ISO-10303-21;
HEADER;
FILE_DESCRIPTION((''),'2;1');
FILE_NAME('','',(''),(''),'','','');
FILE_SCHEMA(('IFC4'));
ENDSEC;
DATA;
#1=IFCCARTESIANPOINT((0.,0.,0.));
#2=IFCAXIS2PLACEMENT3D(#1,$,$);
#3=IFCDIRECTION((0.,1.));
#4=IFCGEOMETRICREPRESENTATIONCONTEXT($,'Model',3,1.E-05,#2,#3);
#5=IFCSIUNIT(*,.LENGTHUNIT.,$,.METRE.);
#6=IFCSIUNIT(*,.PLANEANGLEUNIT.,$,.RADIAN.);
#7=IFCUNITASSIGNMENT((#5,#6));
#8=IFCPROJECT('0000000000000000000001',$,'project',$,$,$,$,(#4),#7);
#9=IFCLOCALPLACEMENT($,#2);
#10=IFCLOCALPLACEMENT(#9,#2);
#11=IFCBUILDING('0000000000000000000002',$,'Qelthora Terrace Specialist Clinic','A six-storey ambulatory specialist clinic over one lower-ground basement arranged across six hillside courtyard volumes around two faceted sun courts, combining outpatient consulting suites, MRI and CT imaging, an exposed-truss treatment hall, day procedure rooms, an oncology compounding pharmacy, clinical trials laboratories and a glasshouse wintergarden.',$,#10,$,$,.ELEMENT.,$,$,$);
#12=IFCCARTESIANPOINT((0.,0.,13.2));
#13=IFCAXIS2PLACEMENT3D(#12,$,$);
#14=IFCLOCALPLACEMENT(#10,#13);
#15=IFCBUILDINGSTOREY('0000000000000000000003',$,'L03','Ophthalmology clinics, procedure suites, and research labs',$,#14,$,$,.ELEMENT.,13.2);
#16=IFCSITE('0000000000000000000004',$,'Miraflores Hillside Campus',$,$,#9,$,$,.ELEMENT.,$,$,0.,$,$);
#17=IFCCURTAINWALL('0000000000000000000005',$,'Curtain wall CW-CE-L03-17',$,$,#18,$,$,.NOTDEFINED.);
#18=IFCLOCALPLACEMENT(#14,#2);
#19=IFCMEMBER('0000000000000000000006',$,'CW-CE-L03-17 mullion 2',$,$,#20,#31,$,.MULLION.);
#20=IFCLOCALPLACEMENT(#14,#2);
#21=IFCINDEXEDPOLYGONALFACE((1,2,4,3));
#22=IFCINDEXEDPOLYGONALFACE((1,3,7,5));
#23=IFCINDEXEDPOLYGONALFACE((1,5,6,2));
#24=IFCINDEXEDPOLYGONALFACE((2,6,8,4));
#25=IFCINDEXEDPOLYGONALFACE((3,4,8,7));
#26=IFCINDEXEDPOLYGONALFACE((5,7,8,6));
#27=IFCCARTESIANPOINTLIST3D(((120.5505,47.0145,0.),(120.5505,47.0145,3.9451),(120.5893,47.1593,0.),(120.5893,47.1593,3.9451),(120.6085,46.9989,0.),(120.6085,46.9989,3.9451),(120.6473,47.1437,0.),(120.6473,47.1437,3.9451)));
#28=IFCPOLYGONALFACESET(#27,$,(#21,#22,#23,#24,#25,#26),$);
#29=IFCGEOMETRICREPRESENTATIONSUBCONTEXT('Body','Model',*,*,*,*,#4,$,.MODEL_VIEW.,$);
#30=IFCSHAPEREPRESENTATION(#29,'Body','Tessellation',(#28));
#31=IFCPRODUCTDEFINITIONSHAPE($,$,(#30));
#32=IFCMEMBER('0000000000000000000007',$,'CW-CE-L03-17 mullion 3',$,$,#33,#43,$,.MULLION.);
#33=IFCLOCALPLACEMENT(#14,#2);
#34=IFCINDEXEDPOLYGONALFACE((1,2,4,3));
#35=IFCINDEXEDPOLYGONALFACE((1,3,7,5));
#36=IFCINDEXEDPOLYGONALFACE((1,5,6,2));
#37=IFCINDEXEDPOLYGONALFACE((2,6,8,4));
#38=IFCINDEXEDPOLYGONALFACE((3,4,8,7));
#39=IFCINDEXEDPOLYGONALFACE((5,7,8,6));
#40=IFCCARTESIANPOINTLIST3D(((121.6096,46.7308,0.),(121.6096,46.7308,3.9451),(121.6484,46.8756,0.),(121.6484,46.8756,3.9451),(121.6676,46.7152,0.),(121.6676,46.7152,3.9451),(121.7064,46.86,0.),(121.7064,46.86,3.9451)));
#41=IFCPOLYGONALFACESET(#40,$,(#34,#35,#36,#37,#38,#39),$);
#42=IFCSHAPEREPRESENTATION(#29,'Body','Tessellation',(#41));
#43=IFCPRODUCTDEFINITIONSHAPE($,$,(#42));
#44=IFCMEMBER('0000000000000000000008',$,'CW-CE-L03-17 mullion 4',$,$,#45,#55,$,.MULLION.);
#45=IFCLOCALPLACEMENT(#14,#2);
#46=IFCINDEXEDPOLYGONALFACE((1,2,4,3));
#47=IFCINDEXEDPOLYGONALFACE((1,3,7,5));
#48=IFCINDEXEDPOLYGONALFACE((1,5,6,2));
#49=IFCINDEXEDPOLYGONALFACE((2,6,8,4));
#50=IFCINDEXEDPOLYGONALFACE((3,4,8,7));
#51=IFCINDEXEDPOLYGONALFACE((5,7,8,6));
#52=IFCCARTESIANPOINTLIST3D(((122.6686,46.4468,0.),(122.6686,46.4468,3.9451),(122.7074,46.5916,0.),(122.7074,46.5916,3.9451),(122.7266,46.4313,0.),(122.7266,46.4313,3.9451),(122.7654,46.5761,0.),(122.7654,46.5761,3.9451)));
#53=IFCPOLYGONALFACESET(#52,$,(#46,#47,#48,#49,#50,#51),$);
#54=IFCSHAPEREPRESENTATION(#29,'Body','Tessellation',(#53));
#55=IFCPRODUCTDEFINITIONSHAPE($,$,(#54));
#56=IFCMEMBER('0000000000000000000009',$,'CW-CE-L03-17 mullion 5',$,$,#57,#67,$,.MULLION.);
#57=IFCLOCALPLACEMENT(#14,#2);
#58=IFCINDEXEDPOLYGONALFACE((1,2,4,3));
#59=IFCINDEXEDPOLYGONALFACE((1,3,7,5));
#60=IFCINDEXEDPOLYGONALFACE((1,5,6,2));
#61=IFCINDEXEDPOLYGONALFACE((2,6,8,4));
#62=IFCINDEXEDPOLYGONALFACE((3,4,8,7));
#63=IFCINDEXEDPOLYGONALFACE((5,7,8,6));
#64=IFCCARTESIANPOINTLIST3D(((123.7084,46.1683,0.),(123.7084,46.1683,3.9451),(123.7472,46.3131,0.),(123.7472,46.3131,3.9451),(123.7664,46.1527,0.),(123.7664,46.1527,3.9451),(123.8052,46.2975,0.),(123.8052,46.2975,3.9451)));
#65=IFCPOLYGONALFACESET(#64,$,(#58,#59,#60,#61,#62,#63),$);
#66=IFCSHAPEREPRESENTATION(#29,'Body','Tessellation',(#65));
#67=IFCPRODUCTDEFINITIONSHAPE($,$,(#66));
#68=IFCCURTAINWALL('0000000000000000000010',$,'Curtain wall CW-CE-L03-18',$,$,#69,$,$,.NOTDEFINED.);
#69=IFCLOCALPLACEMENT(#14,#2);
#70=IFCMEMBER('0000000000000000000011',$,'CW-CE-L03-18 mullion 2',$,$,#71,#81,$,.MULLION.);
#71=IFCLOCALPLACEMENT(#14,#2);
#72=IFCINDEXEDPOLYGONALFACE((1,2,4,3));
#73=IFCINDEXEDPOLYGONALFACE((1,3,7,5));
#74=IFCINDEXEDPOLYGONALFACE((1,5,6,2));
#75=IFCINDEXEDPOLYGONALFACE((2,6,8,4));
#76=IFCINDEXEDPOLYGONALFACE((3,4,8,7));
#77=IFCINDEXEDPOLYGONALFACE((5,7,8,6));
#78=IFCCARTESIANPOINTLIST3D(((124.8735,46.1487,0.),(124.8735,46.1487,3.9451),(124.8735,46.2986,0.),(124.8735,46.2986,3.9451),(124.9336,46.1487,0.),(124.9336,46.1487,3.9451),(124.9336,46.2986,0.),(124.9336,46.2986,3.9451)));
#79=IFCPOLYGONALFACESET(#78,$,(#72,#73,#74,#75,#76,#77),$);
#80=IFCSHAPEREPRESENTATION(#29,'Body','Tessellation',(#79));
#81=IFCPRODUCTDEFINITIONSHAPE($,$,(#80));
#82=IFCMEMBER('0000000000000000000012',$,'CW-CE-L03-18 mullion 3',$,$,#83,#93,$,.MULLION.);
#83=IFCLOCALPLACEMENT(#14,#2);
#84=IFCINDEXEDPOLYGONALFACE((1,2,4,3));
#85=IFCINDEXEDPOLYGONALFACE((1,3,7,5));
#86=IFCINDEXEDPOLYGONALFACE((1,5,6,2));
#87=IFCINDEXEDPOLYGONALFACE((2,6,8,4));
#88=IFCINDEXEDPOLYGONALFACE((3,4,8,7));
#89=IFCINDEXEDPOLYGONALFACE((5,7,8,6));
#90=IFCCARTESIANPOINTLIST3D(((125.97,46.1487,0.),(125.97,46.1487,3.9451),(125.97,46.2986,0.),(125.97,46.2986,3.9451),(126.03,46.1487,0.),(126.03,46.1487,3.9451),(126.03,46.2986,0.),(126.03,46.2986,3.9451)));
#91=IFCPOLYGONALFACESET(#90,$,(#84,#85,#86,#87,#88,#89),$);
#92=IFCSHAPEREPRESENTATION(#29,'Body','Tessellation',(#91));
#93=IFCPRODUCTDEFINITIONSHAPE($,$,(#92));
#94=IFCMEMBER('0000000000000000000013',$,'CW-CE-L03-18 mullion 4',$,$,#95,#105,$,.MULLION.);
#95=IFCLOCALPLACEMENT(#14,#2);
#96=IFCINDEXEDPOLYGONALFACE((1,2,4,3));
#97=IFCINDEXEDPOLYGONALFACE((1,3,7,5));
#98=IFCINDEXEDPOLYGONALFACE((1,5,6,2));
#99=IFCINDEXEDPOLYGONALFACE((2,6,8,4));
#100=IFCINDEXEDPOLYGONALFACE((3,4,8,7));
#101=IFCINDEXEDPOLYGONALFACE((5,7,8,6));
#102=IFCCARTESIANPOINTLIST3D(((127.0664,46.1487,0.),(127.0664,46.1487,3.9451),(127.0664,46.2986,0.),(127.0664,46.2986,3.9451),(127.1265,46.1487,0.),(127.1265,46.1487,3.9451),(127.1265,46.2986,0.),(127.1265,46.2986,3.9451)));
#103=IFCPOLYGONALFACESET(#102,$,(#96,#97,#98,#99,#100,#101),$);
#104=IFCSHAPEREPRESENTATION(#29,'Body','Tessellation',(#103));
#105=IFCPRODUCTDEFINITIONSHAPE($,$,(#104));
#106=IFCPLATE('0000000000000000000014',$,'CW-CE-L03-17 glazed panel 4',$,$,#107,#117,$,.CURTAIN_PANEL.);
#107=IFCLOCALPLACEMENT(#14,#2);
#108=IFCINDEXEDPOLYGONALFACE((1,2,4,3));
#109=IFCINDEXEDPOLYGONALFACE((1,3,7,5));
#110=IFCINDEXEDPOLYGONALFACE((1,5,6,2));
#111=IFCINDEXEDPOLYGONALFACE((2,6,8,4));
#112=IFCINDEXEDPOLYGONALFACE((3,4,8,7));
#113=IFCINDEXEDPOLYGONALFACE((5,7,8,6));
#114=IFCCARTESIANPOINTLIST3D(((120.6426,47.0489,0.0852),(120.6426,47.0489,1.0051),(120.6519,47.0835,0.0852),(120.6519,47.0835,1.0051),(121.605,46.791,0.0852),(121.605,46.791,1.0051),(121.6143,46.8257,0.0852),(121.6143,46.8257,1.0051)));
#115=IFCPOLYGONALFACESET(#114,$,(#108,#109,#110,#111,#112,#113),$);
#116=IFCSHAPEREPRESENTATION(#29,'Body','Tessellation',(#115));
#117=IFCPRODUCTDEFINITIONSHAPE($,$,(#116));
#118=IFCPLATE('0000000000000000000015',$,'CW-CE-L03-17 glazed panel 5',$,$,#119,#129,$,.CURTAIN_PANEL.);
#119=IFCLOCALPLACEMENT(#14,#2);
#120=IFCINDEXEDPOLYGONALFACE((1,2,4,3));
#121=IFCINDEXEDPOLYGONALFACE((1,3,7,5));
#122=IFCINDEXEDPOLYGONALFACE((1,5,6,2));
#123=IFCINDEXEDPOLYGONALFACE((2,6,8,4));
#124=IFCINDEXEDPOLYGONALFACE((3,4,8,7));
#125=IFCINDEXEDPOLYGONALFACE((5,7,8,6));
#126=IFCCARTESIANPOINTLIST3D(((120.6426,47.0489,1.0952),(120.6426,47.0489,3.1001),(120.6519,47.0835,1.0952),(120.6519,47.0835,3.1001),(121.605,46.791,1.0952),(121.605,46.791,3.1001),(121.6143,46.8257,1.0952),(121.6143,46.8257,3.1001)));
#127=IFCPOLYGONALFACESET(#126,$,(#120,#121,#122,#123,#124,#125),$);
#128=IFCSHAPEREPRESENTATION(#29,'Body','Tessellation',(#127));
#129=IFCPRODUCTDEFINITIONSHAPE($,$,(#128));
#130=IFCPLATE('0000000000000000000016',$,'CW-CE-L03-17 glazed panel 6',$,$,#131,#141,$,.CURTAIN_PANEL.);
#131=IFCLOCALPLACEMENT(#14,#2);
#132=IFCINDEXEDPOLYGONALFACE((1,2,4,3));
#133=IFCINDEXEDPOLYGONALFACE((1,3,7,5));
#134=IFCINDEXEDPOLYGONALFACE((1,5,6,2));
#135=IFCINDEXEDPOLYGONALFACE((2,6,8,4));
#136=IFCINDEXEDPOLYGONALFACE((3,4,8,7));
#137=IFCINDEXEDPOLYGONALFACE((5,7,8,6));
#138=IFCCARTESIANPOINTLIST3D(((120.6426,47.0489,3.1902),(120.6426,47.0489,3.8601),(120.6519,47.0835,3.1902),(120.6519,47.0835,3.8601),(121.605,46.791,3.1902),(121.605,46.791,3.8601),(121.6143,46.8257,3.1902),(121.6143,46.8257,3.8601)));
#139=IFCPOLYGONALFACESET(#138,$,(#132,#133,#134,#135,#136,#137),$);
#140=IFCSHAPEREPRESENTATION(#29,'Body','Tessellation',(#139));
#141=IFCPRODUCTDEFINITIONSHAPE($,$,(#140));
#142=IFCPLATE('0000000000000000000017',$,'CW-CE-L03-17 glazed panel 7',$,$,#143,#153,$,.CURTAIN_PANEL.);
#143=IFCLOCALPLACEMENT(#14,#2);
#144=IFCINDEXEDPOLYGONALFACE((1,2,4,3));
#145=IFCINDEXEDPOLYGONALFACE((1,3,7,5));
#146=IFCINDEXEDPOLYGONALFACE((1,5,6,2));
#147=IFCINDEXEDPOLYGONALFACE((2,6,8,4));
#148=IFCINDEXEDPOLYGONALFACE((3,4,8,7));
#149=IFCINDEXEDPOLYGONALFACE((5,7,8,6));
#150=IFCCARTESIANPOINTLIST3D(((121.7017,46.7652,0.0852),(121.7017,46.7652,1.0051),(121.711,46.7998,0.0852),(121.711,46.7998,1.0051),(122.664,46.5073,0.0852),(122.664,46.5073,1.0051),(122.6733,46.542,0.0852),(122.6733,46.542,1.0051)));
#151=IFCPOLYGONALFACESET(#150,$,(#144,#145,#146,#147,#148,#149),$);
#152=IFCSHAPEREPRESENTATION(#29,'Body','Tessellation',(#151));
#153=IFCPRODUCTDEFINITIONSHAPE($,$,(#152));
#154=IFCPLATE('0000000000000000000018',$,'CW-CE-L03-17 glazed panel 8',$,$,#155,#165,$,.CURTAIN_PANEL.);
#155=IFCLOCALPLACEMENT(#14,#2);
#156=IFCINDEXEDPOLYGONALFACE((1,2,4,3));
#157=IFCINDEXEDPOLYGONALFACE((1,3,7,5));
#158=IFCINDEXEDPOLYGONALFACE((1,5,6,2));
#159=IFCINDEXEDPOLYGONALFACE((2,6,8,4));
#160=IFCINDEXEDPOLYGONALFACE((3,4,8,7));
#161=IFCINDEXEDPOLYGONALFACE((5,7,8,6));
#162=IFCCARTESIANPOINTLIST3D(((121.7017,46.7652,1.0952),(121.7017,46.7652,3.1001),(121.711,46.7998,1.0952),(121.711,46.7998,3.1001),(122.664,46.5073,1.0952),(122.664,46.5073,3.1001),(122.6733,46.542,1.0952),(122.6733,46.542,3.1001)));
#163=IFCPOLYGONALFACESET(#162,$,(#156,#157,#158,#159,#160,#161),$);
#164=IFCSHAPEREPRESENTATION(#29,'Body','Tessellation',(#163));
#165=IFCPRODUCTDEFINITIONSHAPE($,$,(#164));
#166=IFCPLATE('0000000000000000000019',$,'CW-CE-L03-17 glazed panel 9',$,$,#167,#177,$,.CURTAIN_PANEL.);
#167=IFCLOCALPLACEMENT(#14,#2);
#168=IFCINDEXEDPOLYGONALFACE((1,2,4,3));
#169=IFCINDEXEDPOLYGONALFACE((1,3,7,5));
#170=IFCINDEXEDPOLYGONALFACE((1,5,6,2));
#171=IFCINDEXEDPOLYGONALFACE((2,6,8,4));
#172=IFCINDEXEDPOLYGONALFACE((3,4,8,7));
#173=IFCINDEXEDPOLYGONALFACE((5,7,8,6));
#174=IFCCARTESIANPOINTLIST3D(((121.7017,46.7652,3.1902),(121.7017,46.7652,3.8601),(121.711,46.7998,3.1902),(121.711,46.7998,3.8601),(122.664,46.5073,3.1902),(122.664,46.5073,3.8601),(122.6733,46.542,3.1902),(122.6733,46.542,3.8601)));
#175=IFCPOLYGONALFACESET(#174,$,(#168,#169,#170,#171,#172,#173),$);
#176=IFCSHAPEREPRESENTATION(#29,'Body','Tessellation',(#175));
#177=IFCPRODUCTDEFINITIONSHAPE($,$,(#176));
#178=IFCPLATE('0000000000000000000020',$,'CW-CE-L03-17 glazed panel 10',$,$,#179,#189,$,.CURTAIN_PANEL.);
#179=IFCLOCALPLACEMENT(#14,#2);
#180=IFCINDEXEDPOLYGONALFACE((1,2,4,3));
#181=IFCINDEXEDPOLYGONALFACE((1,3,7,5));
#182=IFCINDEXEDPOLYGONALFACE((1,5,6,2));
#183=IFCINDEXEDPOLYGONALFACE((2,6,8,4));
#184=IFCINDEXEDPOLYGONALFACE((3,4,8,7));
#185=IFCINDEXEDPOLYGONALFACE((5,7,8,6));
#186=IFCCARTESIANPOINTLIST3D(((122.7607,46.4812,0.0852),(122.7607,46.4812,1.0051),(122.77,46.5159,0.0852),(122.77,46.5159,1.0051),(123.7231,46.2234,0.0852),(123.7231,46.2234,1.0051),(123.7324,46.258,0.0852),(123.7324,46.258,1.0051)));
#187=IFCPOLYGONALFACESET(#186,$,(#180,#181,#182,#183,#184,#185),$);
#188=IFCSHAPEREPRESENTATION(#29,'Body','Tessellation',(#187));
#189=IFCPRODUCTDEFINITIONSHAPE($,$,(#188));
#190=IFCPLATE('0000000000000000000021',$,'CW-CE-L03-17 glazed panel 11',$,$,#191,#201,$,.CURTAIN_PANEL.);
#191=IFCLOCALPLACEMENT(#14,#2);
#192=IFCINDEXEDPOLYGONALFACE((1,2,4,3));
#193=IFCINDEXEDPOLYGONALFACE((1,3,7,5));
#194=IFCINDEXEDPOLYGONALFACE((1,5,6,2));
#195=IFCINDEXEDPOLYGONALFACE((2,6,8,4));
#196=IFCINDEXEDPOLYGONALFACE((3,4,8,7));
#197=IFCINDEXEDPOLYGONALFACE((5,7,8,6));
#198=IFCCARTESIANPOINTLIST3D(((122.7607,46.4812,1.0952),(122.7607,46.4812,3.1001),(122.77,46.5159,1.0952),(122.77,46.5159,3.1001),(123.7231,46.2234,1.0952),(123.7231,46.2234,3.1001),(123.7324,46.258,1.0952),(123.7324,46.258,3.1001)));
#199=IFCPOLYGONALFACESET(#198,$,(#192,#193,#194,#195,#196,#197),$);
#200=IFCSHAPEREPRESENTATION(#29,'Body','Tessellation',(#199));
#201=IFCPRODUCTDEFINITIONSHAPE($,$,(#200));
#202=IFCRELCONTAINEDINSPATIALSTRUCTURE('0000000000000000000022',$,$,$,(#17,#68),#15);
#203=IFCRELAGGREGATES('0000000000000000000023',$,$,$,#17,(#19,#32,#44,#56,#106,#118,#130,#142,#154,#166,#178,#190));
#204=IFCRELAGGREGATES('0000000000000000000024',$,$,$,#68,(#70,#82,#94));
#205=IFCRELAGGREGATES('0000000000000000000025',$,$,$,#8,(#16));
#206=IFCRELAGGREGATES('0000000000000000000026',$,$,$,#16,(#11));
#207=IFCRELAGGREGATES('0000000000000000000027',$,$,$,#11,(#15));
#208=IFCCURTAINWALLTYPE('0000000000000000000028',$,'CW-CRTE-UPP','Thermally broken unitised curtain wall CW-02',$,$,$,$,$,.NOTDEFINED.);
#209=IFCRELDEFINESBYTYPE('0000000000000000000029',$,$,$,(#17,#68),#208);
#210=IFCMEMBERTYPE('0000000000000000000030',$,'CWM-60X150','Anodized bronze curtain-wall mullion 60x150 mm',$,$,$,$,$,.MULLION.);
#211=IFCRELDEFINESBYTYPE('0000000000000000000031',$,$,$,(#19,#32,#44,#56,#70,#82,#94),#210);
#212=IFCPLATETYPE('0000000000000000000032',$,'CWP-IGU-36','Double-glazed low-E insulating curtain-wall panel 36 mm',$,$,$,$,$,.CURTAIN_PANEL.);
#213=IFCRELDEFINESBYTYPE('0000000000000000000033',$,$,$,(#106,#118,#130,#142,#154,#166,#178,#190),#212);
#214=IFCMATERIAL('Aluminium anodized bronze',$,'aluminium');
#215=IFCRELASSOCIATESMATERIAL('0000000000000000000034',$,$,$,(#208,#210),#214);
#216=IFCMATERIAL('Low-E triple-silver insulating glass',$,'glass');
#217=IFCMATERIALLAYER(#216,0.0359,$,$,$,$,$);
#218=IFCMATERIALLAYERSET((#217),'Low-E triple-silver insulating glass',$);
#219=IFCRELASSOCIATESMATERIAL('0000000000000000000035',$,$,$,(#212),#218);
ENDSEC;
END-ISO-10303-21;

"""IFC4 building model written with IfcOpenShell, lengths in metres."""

from ifc_helpers import new_model, si_unit, direction, frame, origin, origin_2d, place, context, subcontext, project, spatial, rectangle, extrude, material, layer, layer_set, material_profile, profile_set, type_object, element, aggregate, save


model = new_model("IFC4")

# Units and contexts
model_context = context("Model", 3, precision=1e-05, world=origin(), true_north=direction((0.0, 1.0)))
body_context = subcontext(model_context, "Body", "Model", "MODEL_VIEW")
ifc_project = project(units=[si_unit("LENGTHUNIT", "METRE"), si_unit("PLANEANGLEUNIT", "RADIAN")], contexts=[model_context])

# Site, building, storey
site_placement = place(None, origin())
site = spatial("IfcSite", under=ifc_project, at=site_placement, Name="Miraflores Hillside Campus", CompositionType="ELEMENT", RefElevation=0.0)
building_placement = place(site_placement, origin())
building = spatial("IfcBuilding", under=site, at=building_placement, Name="Qelthora Terrace Specialist Clinic", Description="A six-storey ambulatory specialist clinic over one lower-ground basement arranged across six hillside courtyard volumes around two faceted sun courts, combining outpatient consulting suites, MRI and CT imaging, an exposed-truss treatment hall, day procedure rooms, an oncology compounding pharmacy, clinical trials laboratories and a glasshouse wintergarden.", CompositionType="ELEMENT")
storey_placement = place(building_placement, frame((0.0, 0.0, 13.2)))
storey = spatial("IfcBuildingStorey", under=building, at=storey_placement, Name="L03", Description="Ophthalmology clinics, procedure suites, and research labs", CompositionType="ELEMENT", Elevation=13.2)

# Curtain walls, members
ifc_material_1 = material(Name="Aluminium anodized bronze", Category="aluminium")
curtain_wall_type = type_object("IfcCurtainWallType", Name="CW-CRTE-UPP", Description="Thermally broken unitised curtain wall CW-02", PredefinedType="NOTDEFINED", material=ifc_material_1)
curtain_wall_1_placement = place(storey_placement, origin())
curtain_wall_1 = element("IfcCurtainWall", 1, at=curtain_wall_1_placement, inside=storey, type_object=curtain_wall_type, Name="Curtain wall CW-CE-L03-17", PredefinedType="NOTDEFINED")
ifc_material_profile = material_profile(ifc_material_1, rectangle(XDim=0.0601, YDim=0.1499, at=origin_2d()), Name="CWM60X150")
ifc_profile_set = profile_set([ifc_material_profile], Name="Aluminium anodized bronze")
member_type = type_object("IfcMemberType", Name="CWM-60X150", Description="Anodized bronze curtain-wall mullion 60x150 mm", PredefinedType="MULLION", material=ifc_profile_set)
member_1_placement = place(storey_placement, frame((120.5989, 47.0791, 0.0), z_axis=(0.0, 0.0, 1.0), x_axis=(0.965926, -0.25882, 0.0)))
member_1 = element("IfcMember", 2, at=member_1_placement, type_object=member_type, Name="CW-CE-L03-17 mullion 2", PredefinedType="MULLION", context=body_context, shape_type="SweptSolid", body=[
    extrude(rectangle(XDim=0.0601, YDim=0.1499, at=origin_2d()), origin(), (0.0, 0.0, 1.0), 3.9451),
])
member_2_placement = place(storey_placement, frame((121.658, 46.7954, 0.0), z_axis=(0.0, 0.0, 1.0), x_axis=(0.965926, -0.25882, 0.0)))
member_2 = element("IfcMember", 3, at=member_2_placement, type_object=member_type, Name="CW-CE-L03-17 mullion 3", PredefinedType="MULLION", context=body_context, shape_type="SweptSolid", body=[
    extrude(rectangle(XDim=0.0601, YDim=0.1499, at=origin_2d()), origin(), (0.0, 0.0, 1.0), 3.9451),
])
member_3_placement = place(storey_placement, frame((122.717, 46.5115, 0.0), z_axis=(0.0, 0.0, 1.0), x_axis=(0.965926, -0.25882, 0.0)))
member_3 = element("IfcMember", 4, at=member_3_placement, type_object=member_type, Name="CW-CE-L03-17 mullion 4", PredefinedType="MULLION", context=body_context, shape_type="SweptSolid", body=[
    extrude(rectangle(XDim=0.0601, YDim=0.1499, at=origin_2d()), origin(), (0.0, 0.0, 1.0), 3.9451),
])
member_4_placement = place(storey_placement, frame((123.7568, 46.2329, 0.0), z_axis=(0.0, 0.0, 1.0), x_axis=(0.965926, -0.25882, 0.0)))
member_4 = element("IfcMember", 5, at=member_4_placement, type_object=member_type, Name="CW-CE-L03-17 mullion 5", PredefinedType="MULLION", context=body_context, shape_type="SweptSolid", body=[
    extrude(rectangle(XDim=0.0601, YDim=0.1499, at=origin_2d()), origin(), (0.0, 0.0, 1.0), 3.9451),
])
curtain_wall_2_placement = place(storey_placement, origin())
curtain_wall_2 = element("IfcCurtainWall", 6, at=curtain_wall_2_placement, inside=storey, type_object=curtain_wall_type, Name="Curtain wall CW-CE-L03-18", PredefinedType="NOTDEFINED")
member_5_placement = place(storey_placement, frame((124.9036, 46.2236, 0.0), z_axis=(0.0, 0.0, 1.0), x_axis=(1.0, 0.0, 0.0)))
member_5 = element("IfcMember", 7, at=member_5_placement, type_object=member_type, Name="CW-CE-L03-18 mullion 2", PredefinedType="MULLION", context=body_context, shape_type="SweptSolid", body=[
    extrude(rectangle(XDim=0.0601, YDim=0.1499, at=origin_2d()), origin(), (0.0, 0.0, 1.0), 3.9451),
])
member_6_placement = place(storey_placement, frame((126.0, 46.2236, 0.0), z_axis=(0.0, 0.0, 1.0), x_axis=(1.0, 0.0, 0.0)))
member_6 = element("IfcMember", 8, at=member_6_placement, type_object=member_type, Name="CW-CE-L03-18 mullion 3", PredefinedType="MULLION", context=body_context, shape_type="SweptSolid", body=[
    extrude(rectangle(XDim=0.0601, YDim=0.1499, at=origin_2d()), origin(), (0.0, 0.0, 1.0), 3.9451),
])
member_7_placement = place(storey_placement, frame((127.0964, 46.2236, 0.0), z_axis=(0.0, 0.0, 1.0), x_axis=(1.0, 0.0, 0.0)))
member_7 = element("IfcMember", 9, at=member_7_placement, type_object=member_type, Name="CW-CE-L03-18 mullion 4", PredefinedType="MULLION", context=body_context, shape_type="SweptSolid", body=[
    extrude(rectangle(XDim=0.0601, YDim=0.1499, at=origin_2d()), origin(), (0.0, 0.0, 1.0), 3.9451),
])

# Plates
ifc_material_2 = material(Name="Low-E triple-silver insulating glass", Category="glass")
ifc_layer = layer(ifc_material_2, 0.0359)
ifc_layer_set = layer_set([ifc_layer], Name="Low-E triple-silver insulating glass")
plate_type = type_object("IfcPlateType", Name="CWP-IGU-36", Description="Double-glazed low-E insulating curtain-wall panel 36 mm", PredefinedType="CURTAIN_PANEL", material=ifc_layer_set)
plate_1_placement = place(storey_placement, frame((121.1284, 46.9373, 0.0852), z_axis=(0.0, 0.0, 1.0), x_axis=(0.965926, -0.258819, 0.0)))
plate_1 = element("IfcPlate", 10, at=plate_1_placement, type_object=plate_type, Name="CW-CE-L03-17 glazed panel 4", PredefinedType="CURTAIN_PANEL", context=body_context, shape_type="SweptSolid", body=[
    extrude(rectangle(XDim=0.9963, YDim=0.0359, at=origin_2d()), origin(), (0.0, 0.0, 1.0), 0.9199),
])
plate_2_placement = place(storey_placement, frame((121.1284, 46.9373, 1.0952), z_axis=(0.0, 0.0, 1.0), x_axis=(0.965926, -0.258819, 0.0)))
plate_2 = element("IfcPlate", 11, at=plate_2_placement, type_object=plate_type, Name="CW-CE-L03-17 glazed panel 5", PredefinedType="CURTAIN_PANEL", context=body_context, shape_type="SweptSolid", body=[
    extrude(rectangle(XDim=0.9963, YDim=0.0359, at=origin_2d()), origin(), (0.0, 0.0, 1.0), 2.0049),
])
plate_3_placement = place(storey_placement, frame((121.1284, 46.9373, 3.1902), z_axis=(0.0, 0.0, 1.0), x_axis=(0.965926, -0.258819, 0.0)))
plate_3 = element("IfcPlate", 12, at=plate_3_placement, type_object=plate_type, Name="CW-CE-L03-17 glazed panel 6", PredefinedType="CURTAIN_PANEL", context=body_context, shape_type="SweptSolid", body=[
    extrude(rectangle(XDim=0.9963, YDim=0.0359, at=origin_2d()), origin(), (0.0, 0.0, 1.0), 0.6699),
])
plate_4_placement = place(storey_placement, frame((122.1875, 46.6536, 0.0852), z_axis=(0.0, 0.0, 1.0), x_axis=(0.965926, -0.258819, 0.0)))
plate_4 = element("IfcPlate", 13, at=plate_4_placement, type_object=plate_type, Name="CW-CE-L03-17 glazed panel 7", PredefinedType="CURTAIN_PANEL", context=body_context, shape_type="SweptSolid", body=[
    extrude(rectangle(XDim=0.9963, YDim=0.0359, at=origin_2d()), origin(), (0.0, 0.0, 1.0), 0.9199),
])
plate_5_placement = place(storey_placement, frame((122.1875, 46.6536, 1.0952), z_axis=(0.0, 0.0, 1.0), x_axis=(0.965926, -0.258819, 0.0)))
plate_5 = element("IfcPlate", 14, at=plate_5_placement, type_object=plate_type, Name="CW-CE-L03-17 glazed panel 8", PredefinedType="CURTAIN_PANEL", context=body_context, shape_type="SweptSolid", body=[
    extrude(rectangle(XDim=0.9963, YDim=0.0359, at=origin_2d()), origin(), (0.0, 0.0, 1.0), 2.0049),
])
plate_6_placement = place(storey_placement, frame((122.1875, 46.6536, 3.1902), z_axis=(0.0, 0.0, 1.0), x_axis=(0.965926, -0.258819, 0.0)))
plate_6 = element("IfcPlate", 15, at=plate_6_placement, type_object=plate_type, Name="CW-CE-L03-17 glazed panel 9", PredefinedType="CURTAIN_PANEL", context=body_context, shape_type="SweptSolid", body=[
    extrude(rectangle(XDim=0.9963, YDim=0.0359, at=origin_2d()), origin(), (0.0, 0.0, 1.0), 0.6699),
])
plate_7_placement = place(storey_placement, frame((123.2466, 46.3696, 0.0852), z_axis=(0.0, 0.0, 1.0), x_axis=(0.965926, -0.258819, 0.0)))
plate_7 = element("IfcPlate", 16, at=plate_7_placement, type_object=plate_type, Name="CW-CE-L03-17 glazed panel 10", PredefinedType="CURTAIN_PANEL", context=body_context, shape_type="SweptSolid", body=[
    extrude(rectangle(XDim=0.9963, YDim=0.0359, at=origin_2d()), origin(), (0.0, 0.0, 1.0), 0.9199),
])
plate_8_placement = place(storey_placement, frame((123.2466, 46.3696, 1.0952), z_axis=(0.0, 0.0, 1.0), x_axis=(0.965926, -0.258819, 0.0)))
plate_8 = element("IfcPlate", 17, at=plate_8_placement, type_object=plate_type, Name="CW-CE-L03-17 glazed panel 11", PredefinedType="CURTAIN_PANEL", context=body_context, shape_type="SweptSolid", body=[
    extrude(rectangle(XDim=0.9963, YDim=0.0359, at=origin_2d()), origin(), (0.0, 0.0, 1.0), 2.0049),
])
aggregate(curtain_wall_1, [member_1, member_2, member_3, member_4, plate_1, plate_2, plate_3, plate_4, plate_5, plate_6, plate_7, plate_8])
aggregate(curtain_wall_2, [member_5, member_6, member_7])

save(model, "model.ifc")
